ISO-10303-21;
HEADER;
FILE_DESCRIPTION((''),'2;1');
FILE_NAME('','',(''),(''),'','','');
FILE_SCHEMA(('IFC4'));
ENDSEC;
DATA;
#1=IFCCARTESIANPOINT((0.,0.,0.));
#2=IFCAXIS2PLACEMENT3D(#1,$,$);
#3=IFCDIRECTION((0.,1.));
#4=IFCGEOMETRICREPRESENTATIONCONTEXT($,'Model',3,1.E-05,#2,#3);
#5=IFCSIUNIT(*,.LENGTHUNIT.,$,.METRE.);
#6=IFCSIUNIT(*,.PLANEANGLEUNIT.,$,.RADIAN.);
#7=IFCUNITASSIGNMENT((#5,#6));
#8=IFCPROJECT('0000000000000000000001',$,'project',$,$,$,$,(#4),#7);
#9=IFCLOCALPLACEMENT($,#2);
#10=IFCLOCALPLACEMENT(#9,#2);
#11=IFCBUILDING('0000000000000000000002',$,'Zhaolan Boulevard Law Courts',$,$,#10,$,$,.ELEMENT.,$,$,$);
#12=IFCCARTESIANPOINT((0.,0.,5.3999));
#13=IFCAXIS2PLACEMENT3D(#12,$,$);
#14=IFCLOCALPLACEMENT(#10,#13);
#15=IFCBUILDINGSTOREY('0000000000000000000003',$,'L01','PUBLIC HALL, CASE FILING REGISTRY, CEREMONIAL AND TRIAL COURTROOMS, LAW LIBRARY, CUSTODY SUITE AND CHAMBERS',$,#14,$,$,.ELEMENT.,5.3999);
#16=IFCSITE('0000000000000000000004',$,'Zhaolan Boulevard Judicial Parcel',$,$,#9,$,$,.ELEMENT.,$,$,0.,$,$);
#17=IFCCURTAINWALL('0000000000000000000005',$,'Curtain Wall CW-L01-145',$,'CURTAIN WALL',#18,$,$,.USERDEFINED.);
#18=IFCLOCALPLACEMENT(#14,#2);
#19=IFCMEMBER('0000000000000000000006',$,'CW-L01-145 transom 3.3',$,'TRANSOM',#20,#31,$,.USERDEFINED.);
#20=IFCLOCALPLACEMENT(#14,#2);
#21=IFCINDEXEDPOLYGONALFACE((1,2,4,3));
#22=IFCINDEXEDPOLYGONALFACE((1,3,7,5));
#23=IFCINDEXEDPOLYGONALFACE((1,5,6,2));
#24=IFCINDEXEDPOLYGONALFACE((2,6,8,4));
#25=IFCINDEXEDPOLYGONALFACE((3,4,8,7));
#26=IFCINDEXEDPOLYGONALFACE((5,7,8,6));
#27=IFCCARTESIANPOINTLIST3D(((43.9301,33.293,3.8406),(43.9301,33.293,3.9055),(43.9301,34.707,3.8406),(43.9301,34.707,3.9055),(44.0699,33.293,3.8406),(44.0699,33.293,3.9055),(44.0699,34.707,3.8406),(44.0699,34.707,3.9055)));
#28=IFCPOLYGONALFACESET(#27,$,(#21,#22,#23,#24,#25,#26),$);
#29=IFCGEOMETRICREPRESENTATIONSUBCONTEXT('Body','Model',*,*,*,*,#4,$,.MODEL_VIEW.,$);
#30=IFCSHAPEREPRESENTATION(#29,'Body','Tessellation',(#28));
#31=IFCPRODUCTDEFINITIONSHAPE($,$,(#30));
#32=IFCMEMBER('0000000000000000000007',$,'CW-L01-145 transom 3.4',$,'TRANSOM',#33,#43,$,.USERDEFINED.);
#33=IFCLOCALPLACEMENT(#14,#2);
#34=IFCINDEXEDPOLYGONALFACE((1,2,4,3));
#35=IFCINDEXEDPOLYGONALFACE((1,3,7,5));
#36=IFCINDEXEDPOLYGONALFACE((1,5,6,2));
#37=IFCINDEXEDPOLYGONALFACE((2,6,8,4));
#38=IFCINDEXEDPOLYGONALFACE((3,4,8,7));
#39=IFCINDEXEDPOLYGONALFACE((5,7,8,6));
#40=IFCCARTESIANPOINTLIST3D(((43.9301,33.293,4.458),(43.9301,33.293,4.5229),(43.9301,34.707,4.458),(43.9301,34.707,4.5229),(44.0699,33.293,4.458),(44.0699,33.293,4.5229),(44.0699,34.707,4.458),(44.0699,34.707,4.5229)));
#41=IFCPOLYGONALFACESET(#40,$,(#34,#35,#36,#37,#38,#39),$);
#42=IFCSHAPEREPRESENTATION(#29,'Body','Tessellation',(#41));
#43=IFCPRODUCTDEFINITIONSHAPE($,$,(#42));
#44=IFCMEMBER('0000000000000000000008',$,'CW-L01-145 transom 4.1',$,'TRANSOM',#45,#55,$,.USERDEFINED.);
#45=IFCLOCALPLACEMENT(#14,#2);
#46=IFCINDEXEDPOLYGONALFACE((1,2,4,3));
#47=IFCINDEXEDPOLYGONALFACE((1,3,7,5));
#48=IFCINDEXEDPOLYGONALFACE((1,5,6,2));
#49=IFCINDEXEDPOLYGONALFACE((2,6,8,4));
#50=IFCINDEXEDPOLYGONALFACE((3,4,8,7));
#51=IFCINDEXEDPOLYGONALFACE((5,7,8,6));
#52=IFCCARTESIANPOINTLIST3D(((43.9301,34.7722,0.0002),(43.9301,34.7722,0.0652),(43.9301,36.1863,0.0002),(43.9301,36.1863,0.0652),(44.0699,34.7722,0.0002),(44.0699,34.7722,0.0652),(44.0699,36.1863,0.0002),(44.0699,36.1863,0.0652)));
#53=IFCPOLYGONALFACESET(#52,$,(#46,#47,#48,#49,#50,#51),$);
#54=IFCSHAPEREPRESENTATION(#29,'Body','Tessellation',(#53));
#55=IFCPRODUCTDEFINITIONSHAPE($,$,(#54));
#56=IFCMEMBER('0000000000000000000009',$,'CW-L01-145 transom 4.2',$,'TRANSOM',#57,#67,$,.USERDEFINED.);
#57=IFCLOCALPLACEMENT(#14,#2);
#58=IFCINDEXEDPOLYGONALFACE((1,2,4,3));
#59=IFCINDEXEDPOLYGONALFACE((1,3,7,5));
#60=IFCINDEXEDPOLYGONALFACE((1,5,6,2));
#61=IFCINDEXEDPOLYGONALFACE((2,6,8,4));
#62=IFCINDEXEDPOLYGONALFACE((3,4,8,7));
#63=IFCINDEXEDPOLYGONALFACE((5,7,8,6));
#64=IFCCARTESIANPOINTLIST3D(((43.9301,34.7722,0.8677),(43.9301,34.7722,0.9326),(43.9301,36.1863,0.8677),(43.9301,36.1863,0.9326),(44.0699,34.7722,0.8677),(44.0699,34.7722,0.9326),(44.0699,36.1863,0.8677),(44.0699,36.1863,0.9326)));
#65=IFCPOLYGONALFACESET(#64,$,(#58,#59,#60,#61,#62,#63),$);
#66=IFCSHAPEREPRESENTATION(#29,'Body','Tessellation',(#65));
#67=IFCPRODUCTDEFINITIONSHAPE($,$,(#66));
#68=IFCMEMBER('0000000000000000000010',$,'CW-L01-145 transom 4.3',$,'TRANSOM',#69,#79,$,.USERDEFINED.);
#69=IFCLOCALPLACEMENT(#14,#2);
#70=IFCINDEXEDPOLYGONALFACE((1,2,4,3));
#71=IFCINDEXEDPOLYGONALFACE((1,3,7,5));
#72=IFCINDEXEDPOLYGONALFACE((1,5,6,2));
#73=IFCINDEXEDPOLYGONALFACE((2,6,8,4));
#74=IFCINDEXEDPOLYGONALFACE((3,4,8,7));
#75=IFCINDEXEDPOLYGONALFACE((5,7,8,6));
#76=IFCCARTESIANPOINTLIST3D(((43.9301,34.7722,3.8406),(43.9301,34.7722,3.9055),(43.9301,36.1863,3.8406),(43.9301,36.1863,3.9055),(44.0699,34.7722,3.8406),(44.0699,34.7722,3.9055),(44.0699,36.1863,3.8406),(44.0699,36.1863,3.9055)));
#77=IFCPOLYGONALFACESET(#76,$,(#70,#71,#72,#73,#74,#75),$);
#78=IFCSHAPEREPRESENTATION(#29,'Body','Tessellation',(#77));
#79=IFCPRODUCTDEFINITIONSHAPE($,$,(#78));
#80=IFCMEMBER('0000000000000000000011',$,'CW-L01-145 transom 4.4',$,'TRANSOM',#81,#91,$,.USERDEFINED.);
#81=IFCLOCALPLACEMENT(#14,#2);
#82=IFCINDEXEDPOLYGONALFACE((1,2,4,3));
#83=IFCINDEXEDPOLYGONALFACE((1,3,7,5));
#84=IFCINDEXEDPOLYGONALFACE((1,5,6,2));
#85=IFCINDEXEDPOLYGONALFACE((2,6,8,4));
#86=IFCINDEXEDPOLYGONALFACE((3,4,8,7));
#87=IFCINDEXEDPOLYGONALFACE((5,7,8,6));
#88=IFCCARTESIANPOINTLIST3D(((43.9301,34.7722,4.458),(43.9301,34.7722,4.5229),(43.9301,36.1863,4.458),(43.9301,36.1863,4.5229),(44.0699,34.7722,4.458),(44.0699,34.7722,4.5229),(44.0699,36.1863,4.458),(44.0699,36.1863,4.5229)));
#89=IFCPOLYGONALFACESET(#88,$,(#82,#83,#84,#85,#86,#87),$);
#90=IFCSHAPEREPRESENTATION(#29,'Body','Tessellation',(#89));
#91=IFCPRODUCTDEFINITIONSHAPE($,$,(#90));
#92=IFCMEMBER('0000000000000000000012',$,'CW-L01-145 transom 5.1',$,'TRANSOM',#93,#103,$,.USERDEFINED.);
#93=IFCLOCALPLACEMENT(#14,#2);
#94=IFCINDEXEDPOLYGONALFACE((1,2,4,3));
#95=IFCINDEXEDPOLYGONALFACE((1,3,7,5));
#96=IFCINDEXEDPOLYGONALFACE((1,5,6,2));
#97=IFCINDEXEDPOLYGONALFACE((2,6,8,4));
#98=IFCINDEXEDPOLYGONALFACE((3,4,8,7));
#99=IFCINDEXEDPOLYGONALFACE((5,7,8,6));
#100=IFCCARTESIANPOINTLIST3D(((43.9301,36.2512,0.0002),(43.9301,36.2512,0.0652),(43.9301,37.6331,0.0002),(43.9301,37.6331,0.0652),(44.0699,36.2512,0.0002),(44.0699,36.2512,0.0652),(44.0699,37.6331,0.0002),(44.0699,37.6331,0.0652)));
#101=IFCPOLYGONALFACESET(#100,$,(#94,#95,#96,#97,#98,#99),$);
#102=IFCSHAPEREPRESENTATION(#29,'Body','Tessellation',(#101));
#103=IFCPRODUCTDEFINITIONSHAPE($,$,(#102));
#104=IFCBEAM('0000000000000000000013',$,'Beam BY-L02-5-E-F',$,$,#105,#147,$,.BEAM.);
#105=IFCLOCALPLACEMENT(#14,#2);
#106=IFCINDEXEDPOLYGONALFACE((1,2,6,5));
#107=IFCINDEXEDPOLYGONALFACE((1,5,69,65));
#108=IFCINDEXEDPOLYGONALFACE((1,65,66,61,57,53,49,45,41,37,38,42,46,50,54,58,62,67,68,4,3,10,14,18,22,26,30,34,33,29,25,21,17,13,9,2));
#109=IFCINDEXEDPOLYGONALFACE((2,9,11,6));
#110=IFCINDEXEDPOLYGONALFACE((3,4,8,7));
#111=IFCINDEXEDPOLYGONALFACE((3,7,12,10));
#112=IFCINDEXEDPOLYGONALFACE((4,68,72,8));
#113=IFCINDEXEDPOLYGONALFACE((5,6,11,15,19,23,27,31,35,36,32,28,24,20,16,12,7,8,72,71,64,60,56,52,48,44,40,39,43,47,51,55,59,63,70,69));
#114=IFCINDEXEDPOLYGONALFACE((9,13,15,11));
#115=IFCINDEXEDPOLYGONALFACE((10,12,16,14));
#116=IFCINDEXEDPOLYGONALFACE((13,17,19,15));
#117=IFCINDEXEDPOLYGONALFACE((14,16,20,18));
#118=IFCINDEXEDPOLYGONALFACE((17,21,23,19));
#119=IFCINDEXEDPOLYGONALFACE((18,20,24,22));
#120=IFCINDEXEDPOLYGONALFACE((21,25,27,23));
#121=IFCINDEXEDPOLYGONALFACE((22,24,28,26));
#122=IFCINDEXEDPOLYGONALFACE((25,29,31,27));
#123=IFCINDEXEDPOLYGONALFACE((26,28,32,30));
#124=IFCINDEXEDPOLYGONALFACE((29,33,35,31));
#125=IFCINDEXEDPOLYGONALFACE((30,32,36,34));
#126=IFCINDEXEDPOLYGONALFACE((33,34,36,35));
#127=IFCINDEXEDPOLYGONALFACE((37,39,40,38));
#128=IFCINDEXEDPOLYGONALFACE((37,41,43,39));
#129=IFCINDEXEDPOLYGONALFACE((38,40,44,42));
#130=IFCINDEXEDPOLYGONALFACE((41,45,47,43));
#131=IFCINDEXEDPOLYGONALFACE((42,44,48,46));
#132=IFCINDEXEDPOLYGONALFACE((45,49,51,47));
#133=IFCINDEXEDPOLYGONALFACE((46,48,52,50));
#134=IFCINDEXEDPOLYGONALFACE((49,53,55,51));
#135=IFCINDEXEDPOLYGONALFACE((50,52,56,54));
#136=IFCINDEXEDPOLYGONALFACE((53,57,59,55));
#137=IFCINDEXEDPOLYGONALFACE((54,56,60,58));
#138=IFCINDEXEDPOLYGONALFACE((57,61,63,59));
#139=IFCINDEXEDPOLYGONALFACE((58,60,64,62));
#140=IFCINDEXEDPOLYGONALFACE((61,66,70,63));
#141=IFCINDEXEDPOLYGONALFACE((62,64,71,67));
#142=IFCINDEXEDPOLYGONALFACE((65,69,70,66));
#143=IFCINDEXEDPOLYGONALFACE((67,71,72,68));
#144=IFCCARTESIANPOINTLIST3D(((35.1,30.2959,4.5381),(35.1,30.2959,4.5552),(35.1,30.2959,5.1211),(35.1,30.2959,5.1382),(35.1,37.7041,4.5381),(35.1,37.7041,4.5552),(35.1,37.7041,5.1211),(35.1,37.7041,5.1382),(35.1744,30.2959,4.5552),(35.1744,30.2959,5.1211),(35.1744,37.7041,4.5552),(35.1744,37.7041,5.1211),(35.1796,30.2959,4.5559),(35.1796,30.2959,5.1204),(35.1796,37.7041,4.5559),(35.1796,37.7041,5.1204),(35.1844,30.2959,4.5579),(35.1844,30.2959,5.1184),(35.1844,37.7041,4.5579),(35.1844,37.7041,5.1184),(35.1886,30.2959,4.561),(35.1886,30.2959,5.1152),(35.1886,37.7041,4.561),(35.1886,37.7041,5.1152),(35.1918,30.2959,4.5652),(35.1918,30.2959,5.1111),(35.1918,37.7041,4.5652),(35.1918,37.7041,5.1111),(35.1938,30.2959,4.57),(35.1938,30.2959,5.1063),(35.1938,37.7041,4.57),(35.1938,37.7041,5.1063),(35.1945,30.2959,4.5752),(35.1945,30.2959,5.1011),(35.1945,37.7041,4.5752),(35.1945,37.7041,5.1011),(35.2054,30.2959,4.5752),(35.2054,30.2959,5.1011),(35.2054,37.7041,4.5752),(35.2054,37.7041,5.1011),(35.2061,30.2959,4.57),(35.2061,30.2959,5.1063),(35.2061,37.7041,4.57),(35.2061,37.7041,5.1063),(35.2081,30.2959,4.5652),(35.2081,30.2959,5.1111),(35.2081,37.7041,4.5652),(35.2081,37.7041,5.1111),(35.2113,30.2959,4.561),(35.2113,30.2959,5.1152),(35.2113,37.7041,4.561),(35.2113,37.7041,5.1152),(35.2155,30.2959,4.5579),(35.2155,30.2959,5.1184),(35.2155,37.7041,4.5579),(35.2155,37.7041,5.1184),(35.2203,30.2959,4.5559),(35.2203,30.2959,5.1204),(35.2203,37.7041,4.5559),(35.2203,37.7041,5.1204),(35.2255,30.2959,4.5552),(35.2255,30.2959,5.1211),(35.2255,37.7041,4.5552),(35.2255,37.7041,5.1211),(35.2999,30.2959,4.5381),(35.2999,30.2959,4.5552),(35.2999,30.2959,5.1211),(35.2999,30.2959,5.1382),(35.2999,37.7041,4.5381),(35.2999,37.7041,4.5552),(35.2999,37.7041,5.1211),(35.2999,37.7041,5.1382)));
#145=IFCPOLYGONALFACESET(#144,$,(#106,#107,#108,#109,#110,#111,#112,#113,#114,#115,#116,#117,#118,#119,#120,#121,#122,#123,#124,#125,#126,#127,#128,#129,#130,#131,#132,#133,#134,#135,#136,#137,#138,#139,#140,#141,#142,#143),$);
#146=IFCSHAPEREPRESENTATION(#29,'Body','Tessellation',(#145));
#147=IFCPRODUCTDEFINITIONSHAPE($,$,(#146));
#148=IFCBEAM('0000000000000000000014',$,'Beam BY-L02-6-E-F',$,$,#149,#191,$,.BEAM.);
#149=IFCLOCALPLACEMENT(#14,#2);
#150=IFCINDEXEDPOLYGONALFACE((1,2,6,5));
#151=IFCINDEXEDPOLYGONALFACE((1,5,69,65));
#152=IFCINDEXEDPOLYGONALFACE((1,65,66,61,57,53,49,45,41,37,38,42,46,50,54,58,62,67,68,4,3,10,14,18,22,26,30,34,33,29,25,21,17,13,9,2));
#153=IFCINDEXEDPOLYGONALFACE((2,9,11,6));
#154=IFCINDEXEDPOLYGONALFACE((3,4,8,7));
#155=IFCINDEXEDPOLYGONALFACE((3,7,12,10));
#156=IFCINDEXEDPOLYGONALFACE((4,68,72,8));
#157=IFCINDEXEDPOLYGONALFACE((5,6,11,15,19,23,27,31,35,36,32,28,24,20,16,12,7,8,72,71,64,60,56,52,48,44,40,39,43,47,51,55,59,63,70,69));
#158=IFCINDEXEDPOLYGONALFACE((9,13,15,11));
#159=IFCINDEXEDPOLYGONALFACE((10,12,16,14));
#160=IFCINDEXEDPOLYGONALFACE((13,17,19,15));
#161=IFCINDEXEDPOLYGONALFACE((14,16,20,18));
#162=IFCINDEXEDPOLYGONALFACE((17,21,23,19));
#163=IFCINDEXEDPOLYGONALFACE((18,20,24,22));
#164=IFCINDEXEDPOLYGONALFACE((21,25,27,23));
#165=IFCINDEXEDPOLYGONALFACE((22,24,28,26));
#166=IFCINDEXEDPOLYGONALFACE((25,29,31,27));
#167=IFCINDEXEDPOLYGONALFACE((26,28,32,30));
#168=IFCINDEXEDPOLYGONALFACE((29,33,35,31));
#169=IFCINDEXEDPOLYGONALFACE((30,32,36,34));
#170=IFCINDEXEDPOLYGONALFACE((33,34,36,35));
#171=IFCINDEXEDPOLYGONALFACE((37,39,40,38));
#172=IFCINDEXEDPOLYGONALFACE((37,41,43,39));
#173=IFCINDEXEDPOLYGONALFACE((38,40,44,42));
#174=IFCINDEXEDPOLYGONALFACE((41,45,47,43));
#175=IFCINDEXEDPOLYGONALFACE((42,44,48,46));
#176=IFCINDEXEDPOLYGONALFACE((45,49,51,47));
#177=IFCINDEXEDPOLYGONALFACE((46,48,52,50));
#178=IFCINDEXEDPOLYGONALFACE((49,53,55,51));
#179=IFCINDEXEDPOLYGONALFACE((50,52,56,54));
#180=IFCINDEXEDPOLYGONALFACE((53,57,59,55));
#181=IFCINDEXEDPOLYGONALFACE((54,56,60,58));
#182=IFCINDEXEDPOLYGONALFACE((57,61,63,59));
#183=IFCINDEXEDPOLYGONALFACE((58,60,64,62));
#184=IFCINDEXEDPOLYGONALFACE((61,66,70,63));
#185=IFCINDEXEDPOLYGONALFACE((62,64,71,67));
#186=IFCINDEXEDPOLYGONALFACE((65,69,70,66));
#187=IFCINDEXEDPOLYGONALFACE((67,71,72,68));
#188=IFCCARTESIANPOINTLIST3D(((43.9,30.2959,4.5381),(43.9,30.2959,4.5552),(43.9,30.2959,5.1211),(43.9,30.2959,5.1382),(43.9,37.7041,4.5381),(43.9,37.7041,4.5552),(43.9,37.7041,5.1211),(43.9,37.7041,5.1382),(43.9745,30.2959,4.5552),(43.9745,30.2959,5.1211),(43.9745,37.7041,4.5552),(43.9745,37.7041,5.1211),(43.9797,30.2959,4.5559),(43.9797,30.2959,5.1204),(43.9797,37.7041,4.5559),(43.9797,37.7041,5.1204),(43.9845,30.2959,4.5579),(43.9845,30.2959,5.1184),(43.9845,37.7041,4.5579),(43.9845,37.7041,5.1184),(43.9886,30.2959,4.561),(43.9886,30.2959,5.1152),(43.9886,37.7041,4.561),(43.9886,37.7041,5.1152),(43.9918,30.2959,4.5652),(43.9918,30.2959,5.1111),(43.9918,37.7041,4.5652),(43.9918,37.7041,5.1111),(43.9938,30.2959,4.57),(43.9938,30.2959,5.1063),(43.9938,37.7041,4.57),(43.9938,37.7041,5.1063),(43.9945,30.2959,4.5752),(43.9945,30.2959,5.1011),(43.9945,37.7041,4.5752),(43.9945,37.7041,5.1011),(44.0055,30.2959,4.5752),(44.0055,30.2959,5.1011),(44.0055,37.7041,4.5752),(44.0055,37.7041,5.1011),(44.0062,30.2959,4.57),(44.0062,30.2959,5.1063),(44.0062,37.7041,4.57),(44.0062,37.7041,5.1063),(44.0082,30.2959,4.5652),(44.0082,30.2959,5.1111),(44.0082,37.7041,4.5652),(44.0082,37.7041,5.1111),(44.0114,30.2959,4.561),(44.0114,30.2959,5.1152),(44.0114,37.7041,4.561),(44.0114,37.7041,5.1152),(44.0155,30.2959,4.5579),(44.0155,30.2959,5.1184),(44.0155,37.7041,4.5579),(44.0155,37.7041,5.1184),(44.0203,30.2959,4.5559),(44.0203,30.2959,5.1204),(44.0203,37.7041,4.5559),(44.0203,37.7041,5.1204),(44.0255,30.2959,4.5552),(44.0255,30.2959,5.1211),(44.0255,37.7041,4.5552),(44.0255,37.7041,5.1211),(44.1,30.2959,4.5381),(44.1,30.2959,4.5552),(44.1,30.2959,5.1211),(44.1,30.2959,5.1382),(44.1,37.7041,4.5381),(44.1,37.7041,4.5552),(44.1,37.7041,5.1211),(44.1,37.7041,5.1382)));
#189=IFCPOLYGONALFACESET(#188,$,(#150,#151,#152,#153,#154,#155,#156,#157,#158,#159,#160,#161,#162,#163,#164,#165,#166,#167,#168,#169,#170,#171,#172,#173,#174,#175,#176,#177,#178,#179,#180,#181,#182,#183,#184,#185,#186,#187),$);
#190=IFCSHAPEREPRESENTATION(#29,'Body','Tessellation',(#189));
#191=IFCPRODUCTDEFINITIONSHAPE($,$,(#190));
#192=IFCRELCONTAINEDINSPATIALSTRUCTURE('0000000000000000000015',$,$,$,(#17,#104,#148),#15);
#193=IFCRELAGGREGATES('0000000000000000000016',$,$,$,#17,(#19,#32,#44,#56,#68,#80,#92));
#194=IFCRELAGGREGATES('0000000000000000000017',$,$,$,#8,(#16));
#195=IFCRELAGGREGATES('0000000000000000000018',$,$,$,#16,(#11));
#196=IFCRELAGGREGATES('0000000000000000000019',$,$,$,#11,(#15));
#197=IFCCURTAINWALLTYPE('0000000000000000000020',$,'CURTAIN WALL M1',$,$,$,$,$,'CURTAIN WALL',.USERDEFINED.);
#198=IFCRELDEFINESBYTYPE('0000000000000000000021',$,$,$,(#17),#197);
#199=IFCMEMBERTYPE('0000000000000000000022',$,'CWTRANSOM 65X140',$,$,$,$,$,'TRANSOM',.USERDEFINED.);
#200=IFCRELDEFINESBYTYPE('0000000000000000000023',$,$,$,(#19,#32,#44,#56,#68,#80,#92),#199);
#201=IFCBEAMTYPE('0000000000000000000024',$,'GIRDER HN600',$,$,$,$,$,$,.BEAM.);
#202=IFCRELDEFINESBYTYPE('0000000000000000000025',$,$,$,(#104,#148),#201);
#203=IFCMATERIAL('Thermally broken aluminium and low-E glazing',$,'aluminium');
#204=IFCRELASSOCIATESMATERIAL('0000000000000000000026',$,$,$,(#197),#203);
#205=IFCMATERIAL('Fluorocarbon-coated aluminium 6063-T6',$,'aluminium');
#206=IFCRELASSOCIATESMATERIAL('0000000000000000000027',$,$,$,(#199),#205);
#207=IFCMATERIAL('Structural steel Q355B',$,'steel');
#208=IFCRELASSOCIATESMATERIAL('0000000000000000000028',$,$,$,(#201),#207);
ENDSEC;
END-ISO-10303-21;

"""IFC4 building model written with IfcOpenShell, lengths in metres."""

from ifc_helpers import new_model, si_unit, direction, frame, origin, origin_2d, place, context, subcontext, project, spatial, rectangle, i_section, extrude, material, material_profile, profile_set, type_object, element, aggregate, save


model = new_model("IFC4")

# Units and contexts
model_context = context("Model", 3, precision=1e-05, world=origin(), true_north=direction((0.0, 1.0)))
body_context = subcontext(model_context, "Body", "Model", "MODEL_VIEW")
ifc_project = project(units=[si_unit("LENGTHUNIT", "METRE"), si_unit("PLANEANGLEUNIT", "RADIAN")], contexts=[model_context])

# Site, building, storey
site_placement = place(None, origin())
site = spatial("IfcSite", under=ifc_project, at=site_placement, Name="Zhaolan Boulevard Judicial Parcel", CompositionType="ELEMENT", RefElevation=0.0)
building_placement = place(site_placement, origin())
building = spatial("IfcBuilding", under=site, at=building_placement, Name="Zhaolan Boulevard Law Courts", CompositionType="ELEMENT")
storey_placement = place(building_placement, frame((0.0, 0.0, 5.3999)))
storey = spatial("IfcBuildingStorey", under=building, at=storey_placement, Name="L01", Description="PUBLIC HALL, CASE FILING REGISTRY, CEREMONIAL AND TRIAL COURTROOMS, LAW LIBRARY, CUSTODY SUITE AND CHAMBERS", CompositionType="ELEMENT", Elevation=5.3999)

# Curtain wall, members
ifc_material_1 = material(Name="Thermally broken aluminium and low-E glazing", Category="aluminium")
curtain_wall_type = type_object("IfcCurtainWallType", Name="CURTAIN WALL M1", ElementType="CURTAIN WALL", PredefinedType="USERDEFINED", material=ifc_material_1)
curtain_wall_placement = place(storey_placement, origin())
curtain_wall = element("IfcCurtainWall", 1, at=curtain_wall_placement, inside=storey, type_object=curtain_wall_type, Name="Curtain Wall CW-L01-145", ObjectType="CURTAIN WALL", PredefinedType="USERDEFINED")
ifc_material_2 = material(Name="Fluorocarbon-coated aluminium 6063-T6", Category="aluminium")
ifc_material_profile_1 = material_profile(ifc_material_2, rectangle(XDim=0.1399, YDim=0.0649, at=origin_2d()), Name="AL65x140")
ifc_profile_set_1 = profile_set([ifc_material_profile_1], Name="Fluorocarbon-coated aluminium 6063-T6")
member_type_1 = type_object("IfcMemberType", Name="CWTRANSOM 65X140", ElementType="TRANSOM", PredefinedType="USERDEFINED", material=ifc_profile_set_1)
member_1_placement = place(storey_placement, frame((44.0, 33.293, 3.873), z_axis=(0.0, 1.0, 0.0), x_axis=(-1.0, 0.0, 0.0)))
member_1 = element("IfcMember", 2, at=member_1_placement, type_object=member_type_1, Name="CW-L01-145 transom 3.3", ObjectType="TRANSOM", PredefinedType="USERDEFINED", context=body_context, shape_type="SweptSolid", body=[
    extrude(rectangle(XDim=0.1399, YDim=0.0649, at=origin_2d()), origin(), (0.0, 0.0, 1.0), 1.4141),
])
member_2_placement = place(storey_placement, frame((44.0, 33.293, 4.4905), z_axis=(0.0, 1.0, 0.0), x_axis=(-1.0, 0.0, 0.0)))
member_2 = element("IfcMember", 3, at=member_2_placement, type_object=member_type_1, Name="CW-L01-145 transom 3.4", ObjectType="TRANSOM", PredefinedType="USERDEFINED", context=body_context, shape_type="SweptSolid", body=[
    extrude(rectangle(XDim=0.1399, YDim=0.0649, at=origin_2d()), origin(), (0.0, 0.0, 1.0), 1.4141),
])
member_3_placement = place(storey_placement, frame((44.0, 34.7722, 0.0327), z_axis=(0.0, 1.0, 0.0), x_axis=(-1.0, 0.0, 0.0)))
member_3 = element("IfcMember", 4, at=member_3_placement, type_object=member_type_1, Name="CW-L01-145 transom 4.1", ObjectType="TRANSOM", PredefinedType="USERDEFINED", context=body_context, shape_type="SweptSolid", body=[
    extrude(rectangle(XDim=0.1399, YDim=0.0649, at=origin_2d()), origin(), (0.0, 0.0, 1.0), 1.4141),
])
member_4_placement = place(storey_placement, frame((44.0, 34.7722, 0.9001), z_axis=(0.0, 1.0, 0.0), x_axis=(-1.0, 0.0, 0.0)))
member_4 = element("IfcMember", 5, at=member_4_placement, type_object=member_type_1, Name="CW-L01-145 transom 4.2", ObjectType="TRANSOM", PredefinedType="USERDEFINED", context=body_context, shape_type="SweptSolid", body=[
    extrude(rectangle(XDim=0.1399, YDim=0.0649, at=origin_2d()), origin(), (0.0, 0.0, 1.0), 1.4141),
])
member_5_placement = place(storey_placement, frame((44.0, 34.7722, 3.873), z_axis=(0.0, 1.0, 0.0), x_axis=(-1.0, 0.0, 0.0)))
member_5 = element("IfcMember", 6, at=member_5_placement, type_object=member_type_1, Name="CW-L01-145 transom 4.3", ObjectType="TRANSOM", PredefinedType="USERDEFINED", context=body_context, shape_type="SweptSolid", body=[
    extrude(rectangle(XDim=0.1399, YDim=0.0649, at=origin_2d()), origin(), (0.0, 0.0, 1.0), 1.4141),
])
member_6_placement = place(storey_placement, frame((44.0, 34.7722, 4.4905), z_axis=(0.0, 1.0, 0.0), x_axis=(-1.0, 0.0, 0.0)))
member_6 = element("IfcMember", 7, at=member_6_placement, type_object=member_type_1, Name="CW-L01-145 transom 4.4", ObjectType="TRANSOM", PredefinedType="USERDEFINED", context=body_context, shape_type="SweptSolid", body=[
    extrude(rectangle(XDim=0.1399, YDim=0.0649, at=origin_2d()), origin(), (0.0, 0.0, 1.0), 1.4141),
])
member_7_placement = place(storey_placement, frame((44.0, 36.2512, 0.0327), z_axis=(0.0, 1.0, 0.0), x_axis=(-1.0, 0.0, 0.0)))
member_7 = element("IfcMember", 8, at=member_7_placement, type_object=member_type_1, Name="CW-L01-145 transom 5.1", ObjectType="TRANSOM", PredefinedType="USERDEFINED", context=body_context, shape_type="SweptSolid", body=[
    extrude(rectangle(XDim=0.1399, YDim=0.0649, at=origin_2d()), origin(), (0.0, 0.0, 1.0), 1.3818),
])

# Beams
ifc_material_3 = material(Name="Structural steel Q355B", Category="steel")
ifc_material_profile_2 = material_profile(ifc_material_3, i_section(OverallWidth=0.2, OverallDepth=0.6001, WebThickness=0.011, FlangeThickness=0.0171, FilletRadius=0.02, at=origin_2d()), Name="HN600x200")
ifc_profile_set_2 = profile_set([ifc_material_profile_2], Name="Structural steel Q355B")
beam_type_1 = type_object("IfcBeamType", Name="GIRDER HN600", PredefinedType="BEAM", material=ifc_profile_set_2)
for number, where, z_axis, x_axis, name in (
    (9, (35.2, 30.2959, 4.8381), (0.0, 1.0, 0.0), (-1.0, 0.0, 0.0), "Beam BY-L02-5-E-F"),
    (10, (44.0, 30.2959, 4.8381), (0.0, 1.0, 0.0), (-1.0, 0.0, 0.0), "Beam BY-L02-6-E-F"),
):
    element("IfcBeam", number, at=place(storey_placement, frame(where, z_axis=z_axis, x_axis=x_axis)), inside=storey, type_object=beam_type_1, Name=name, PredefinedType="BEAM", context=body_context, shape_type="SweptSolid", body=[
        extrude(i_section(OverallWidth=0.2, OverallDepth=0.6001, WebThickness=0.011, FlangeThickness=0.0171, FilletRadius=0.02, at=origin_2d()), origin(), (0.0, 0.0, 1.0), 7.4082),
    ])

aggregate(curtain_wall, [member_1, member_2, member_3, member_4, member_5, member_6, member_7])

save(model, "model.ifc")
